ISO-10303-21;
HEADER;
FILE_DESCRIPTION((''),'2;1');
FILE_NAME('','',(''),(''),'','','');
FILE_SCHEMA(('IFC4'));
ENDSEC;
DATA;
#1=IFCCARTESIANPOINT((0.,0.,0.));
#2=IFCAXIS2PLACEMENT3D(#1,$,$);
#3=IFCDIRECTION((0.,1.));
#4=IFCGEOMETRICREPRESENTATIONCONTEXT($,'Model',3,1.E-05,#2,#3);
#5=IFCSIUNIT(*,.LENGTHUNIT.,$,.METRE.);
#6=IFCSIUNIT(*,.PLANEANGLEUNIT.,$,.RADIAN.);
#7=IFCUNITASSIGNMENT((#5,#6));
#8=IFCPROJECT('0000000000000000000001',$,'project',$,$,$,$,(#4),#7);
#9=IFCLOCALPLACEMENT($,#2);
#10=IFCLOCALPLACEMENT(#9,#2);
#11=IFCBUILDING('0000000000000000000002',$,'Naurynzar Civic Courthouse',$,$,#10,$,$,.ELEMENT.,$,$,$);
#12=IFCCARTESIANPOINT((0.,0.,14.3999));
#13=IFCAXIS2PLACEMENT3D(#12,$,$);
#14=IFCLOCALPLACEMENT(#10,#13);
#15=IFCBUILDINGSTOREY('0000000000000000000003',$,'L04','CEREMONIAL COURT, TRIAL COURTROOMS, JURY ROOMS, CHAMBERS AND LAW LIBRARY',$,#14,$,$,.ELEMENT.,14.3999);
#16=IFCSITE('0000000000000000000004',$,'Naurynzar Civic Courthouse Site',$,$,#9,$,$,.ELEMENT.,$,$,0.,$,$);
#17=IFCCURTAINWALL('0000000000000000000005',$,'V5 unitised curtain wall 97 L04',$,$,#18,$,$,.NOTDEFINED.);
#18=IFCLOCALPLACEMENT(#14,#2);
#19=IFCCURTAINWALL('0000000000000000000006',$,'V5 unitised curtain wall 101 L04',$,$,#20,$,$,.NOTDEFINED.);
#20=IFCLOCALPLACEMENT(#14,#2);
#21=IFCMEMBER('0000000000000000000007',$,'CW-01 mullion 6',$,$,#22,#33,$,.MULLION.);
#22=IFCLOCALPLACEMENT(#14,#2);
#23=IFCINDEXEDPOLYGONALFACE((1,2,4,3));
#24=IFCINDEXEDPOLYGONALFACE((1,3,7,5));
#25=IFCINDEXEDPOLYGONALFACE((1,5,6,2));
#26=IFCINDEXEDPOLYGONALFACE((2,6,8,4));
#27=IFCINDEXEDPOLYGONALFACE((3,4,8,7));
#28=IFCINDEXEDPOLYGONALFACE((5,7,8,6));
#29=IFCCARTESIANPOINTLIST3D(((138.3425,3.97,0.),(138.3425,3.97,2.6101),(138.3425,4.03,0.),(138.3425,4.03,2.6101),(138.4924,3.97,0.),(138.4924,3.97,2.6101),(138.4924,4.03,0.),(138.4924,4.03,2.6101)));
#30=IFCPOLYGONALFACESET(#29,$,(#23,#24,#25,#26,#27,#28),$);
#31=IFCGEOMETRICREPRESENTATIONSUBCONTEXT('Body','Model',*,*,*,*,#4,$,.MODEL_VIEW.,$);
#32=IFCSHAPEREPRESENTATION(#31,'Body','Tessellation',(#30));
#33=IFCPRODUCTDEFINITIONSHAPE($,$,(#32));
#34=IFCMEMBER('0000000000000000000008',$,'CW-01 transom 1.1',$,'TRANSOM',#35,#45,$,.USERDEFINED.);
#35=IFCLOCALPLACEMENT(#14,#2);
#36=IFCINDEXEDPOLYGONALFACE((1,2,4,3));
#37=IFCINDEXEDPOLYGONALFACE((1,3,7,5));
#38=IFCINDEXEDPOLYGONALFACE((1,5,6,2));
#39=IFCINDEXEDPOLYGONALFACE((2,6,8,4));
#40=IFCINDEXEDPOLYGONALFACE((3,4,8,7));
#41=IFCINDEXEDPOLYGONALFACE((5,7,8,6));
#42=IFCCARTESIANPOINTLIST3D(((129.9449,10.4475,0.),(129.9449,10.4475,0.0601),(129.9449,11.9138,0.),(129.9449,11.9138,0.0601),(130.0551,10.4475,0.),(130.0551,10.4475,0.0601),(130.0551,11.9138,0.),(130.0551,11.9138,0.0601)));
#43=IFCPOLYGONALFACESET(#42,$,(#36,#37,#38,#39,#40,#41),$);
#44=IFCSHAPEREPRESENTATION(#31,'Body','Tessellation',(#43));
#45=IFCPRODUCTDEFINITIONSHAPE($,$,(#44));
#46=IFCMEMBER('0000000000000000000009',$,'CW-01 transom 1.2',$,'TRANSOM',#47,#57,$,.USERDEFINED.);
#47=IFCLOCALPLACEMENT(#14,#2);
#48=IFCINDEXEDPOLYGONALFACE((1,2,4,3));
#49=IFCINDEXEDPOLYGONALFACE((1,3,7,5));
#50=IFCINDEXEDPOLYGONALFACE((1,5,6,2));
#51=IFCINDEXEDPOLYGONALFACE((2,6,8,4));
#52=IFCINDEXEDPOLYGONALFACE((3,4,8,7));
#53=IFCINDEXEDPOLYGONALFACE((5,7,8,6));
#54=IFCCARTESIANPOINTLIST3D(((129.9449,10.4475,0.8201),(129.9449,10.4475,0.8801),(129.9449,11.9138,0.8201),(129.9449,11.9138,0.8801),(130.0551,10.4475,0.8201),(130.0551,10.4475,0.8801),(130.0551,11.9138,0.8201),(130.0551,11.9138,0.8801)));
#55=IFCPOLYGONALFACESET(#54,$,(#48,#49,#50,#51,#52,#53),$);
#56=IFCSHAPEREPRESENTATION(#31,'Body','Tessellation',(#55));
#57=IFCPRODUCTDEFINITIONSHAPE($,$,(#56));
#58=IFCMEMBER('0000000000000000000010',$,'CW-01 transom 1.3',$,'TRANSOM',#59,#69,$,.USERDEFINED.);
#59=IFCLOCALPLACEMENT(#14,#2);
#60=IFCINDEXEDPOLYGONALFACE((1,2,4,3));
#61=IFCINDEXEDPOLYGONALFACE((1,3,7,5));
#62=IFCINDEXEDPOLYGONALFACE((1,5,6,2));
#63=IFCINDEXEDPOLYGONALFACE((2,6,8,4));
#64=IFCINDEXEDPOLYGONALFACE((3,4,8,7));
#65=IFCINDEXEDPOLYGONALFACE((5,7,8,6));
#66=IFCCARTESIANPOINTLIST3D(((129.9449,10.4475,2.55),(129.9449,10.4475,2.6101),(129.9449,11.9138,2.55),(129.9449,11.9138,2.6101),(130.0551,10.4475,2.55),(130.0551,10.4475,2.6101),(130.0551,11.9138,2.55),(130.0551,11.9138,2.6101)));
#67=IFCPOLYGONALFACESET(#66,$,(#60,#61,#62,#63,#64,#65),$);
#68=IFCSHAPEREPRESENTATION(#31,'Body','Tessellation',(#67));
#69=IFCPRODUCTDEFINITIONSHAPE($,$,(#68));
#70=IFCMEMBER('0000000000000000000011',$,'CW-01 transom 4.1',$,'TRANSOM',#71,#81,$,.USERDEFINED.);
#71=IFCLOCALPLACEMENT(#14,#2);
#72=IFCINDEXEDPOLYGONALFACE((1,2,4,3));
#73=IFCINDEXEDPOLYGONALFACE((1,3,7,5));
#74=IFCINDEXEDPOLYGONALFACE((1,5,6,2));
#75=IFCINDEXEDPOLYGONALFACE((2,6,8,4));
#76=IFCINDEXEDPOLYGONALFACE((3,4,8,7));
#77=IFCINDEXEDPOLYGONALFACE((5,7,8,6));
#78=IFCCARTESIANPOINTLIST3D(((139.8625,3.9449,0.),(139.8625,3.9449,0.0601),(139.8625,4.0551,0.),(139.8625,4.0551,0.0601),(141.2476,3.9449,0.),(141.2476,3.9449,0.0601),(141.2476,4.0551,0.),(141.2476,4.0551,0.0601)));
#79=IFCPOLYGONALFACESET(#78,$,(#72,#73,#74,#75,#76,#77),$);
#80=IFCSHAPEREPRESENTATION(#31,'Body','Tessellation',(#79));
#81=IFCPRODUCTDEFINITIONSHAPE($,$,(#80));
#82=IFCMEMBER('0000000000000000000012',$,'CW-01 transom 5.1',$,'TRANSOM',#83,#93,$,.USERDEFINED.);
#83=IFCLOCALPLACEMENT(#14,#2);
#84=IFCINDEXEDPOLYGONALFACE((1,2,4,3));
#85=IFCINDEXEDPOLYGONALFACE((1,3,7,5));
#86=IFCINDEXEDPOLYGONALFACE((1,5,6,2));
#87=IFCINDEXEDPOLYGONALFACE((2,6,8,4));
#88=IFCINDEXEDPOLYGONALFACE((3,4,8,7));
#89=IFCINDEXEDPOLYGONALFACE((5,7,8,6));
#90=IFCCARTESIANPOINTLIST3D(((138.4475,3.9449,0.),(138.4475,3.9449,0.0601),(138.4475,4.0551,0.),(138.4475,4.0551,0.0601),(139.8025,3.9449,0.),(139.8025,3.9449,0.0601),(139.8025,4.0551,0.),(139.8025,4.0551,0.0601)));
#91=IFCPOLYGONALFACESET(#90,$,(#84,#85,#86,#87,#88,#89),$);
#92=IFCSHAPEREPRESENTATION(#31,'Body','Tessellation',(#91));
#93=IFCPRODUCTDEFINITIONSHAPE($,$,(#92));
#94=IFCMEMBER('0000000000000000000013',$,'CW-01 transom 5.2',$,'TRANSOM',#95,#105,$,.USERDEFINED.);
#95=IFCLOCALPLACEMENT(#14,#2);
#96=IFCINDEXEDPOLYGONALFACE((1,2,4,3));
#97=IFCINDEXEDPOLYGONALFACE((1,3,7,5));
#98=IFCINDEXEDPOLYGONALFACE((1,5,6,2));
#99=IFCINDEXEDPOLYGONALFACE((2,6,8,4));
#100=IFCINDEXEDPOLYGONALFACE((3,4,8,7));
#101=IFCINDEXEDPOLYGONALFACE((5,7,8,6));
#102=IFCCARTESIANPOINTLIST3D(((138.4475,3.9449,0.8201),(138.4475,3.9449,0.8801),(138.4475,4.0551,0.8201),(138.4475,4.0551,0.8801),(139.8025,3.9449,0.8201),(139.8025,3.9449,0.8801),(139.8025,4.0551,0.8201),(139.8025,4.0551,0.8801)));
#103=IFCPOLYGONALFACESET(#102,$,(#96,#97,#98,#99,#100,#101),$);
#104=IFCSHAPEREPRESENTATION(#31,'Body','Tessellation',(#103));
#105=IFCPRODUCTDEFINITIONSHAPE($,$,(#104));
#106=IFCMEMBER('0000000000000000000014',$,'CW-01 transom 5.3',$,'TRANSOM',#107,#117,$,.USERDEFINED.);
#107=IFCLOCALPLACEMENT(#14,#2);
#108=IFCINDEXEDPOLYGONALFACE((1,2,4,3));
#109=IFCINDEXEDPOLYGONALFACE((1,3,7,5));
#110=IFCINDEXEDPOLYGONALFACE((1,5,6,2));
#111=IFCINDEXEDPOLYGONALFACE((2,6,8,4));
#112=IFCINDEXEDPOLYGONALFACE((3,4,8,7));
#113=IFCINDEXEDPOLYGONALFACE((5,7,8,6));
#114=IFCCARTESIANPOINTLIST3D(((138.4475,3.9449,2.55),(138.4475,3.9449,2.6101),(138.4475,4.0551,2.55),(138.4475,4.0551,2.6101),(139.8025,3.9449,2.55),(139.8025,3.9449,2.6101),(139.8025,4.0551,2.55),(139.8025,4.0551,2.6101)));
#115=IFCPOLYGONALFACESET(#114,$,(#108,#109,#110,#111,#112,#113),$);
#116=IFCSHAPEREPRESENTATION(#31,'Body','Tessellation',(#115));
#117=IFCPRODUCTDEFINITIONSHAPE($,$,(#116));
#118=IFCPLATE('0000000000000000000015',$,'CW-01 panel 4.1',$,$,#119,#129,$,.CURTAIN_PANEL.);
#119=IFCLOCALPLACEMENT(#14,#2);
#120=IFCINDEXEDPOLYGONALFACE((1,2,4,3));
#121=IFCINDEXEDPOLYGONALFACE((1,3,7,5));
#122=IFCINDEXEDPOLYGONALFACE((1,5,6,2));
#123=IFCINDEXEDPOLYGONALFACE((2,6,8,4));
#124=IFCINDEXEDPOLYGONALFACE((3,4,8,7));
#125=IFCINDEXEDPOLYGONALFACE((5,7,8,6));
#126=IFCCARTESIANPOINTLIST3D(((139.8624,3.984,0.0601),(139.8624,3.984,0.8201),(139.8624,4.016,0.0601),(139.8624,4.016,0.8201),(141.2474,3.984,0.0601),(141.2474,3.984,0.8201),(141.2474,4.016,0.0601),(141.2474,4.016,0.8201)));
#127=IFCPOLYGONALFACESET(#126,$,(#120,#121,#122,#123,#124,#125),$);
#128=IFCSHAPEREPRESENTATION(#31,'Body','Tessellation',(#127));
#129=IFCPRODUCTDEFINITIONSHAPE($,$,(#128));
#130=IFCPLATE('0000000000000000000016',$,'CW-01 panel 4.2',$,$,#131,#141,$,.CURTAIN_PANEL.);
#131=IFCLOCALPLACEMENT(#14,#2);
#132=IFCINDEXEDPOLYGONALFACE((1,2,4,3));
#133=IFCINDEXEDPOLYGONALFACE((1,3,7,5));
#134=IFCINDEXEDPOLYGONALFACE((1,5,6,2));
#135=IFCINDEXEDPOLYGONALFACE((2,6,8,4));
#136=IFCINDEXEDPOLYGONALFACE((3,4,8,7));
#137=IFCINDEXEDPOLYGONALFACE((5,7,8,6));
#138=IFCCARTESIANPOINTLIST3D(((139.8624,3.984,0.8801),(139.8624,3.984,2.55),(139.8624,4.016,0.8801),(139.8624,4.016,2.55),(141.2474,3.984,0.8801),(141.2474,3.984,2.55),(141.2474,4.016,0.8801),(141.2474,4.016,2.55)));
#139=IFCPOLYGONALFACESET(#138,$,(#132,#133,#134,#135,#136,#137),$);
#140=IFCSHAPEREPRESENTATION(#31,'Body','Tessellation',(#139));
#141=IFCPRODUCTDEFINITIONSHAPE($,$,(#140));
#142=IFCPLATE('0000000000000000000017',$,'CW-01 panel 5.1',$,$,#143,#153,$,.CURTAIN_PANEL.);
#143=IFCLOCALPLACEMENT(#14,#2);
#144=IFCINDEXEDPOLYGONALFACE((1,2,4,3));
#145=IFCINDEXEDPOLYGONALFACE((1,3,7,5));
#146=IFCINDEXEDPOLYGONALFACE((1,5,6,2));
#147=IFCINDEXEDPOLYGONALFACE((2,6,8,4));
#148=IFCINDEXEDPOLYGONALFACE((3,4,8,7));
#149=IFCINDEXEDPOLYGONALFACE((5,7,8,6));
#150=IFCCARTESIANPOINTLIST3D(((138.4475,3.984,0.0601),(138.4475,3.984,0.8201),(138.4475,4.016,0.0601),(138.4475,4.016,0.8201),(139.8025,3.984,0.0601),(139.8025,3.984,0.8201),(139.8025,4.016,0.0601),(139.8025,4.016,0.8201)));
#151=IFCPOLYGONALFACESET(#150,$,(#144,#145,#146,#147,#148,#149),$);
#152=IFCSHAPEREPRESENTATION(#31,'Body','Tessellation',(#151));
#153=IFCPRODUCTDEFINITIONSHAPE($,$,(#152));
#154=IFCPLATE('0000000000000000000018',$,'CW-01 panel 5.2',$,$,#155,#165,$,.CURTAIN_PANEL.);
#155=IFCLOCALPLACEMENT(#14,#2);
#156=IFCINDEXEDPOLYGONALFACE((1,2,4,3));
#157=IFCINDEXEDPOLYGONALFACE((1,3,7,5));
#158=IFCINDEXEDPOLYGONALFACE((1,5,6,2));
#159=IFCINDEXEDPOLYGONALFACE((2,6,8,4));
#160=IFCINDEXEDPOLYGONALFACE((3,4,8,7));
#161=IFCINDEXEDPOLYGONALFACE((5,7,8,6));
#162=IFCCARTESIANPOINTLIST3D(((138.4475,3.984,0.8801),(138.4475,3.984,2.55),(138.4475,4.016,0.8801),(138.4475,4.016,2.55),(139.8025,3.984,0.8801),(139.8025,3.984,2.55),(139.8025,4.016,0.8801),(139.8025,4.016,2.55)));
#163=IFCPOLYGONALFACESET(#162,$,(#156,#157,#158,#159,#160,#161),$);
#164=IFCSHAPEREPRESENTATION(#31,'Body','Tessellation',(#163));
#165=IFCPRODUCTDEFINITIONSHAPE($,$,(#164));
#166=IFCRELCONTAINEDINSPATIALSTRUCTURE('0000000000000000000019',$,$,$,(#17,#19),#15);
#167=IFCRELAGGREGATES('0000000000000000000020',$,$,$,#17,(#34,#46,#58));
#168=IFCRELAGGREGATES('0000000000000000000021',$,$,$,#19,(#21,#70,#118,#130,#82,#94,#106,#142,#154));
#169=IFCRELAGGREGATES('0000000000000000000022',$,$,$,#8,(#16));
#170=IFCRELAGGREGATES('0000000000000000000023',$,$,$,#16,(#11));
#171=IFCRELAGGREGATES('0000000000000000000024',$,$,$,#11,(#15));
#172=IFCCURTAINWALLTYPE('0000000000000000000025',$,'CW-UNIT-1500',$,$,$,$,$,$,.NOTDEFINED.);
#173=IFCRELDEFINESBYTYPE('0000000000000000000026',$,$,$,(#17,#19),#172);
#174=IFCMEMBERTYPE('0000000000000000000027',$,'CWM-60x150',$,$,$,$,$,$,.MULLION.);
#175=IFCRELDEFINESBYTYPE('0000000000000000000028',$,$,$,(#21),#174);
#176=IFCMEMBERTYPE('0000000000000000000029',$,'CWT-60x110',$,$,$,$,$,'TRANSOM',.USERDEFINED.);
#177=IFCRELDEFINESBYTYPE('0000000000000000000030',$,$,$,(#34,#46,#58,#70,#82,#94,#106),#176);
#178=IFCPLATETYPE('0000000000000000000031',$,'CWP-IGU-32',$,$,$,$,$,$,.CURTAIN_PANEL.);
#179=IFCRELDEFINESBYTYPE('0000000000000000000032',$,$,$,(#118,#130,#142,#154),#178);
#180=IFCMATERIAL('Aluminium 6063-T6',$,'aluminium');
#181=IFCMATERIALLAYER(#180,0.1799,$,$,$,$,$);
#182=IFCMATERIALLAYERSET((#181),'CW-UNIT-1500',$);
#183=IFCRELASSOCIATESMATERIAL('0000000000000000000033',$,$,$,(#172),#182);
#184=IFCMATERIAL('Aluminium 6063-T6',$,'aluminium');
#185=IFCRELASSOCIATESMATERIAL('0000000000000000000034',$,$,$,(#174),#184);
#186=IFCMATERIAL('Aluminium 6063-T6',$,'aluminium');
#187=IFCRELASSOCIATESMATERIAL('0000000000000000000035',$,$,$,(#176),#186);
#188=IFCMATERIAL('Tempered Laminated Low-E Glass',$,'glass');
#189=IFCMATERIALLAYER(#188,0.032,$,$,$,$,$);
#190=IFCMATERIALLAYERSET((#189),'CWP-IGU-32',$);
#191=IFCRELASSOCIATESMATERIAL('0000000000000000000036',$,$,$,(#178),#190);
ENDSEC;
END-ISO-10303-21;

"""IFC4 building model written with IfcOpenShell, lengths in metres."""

from ifc_helpers import new_model, si_unit, direction, frame, origin, origin_2d, place, context, subcontext, project, spatial, rectangle, extrude, material, layer, layer_set, material_profile, profile_set, type_object, element, aggregate, save


model = new_model("IFC4")

# Units and contexts
model_context = context("Model", 3, precision=1e-05, world=origin(), true_north=direction((0.0, 1.0)))
body_context = subcontext(model_context, "Body", "Model", "MODEL_VIEW")
ifc_project = project(units=[si_unit("LENGTHUNIT", "METRE"), si_unit("PLANEANGLEUNIT", "RADIAN")], contexts=[model_context])

# Site, building, storey
site_placement = place(None, origin())
site = spatial("IfcSite", under=ifc_project, at=site_placement, Name="Naurynzar Civic Courthouse Site", CompositionType="ELEMENT", RefElevation=0.0)
building_placement = place(site_placement, origin())
building = spatial("IfcBuilding", under=site, at=building_placement, Name="Naurynzar Civic Courthouse", CompositionType="ELEMENT")
storey_placement = place(building_placement, frame((0.0, 0.0, 14.3999)))
storey = spatial("IfcBuildingStorey", under=building, at=storey_placement, Name="L04", Description="CEREMONIAL COURT, TRIAL COURTROOMS, JURY ROOMS, CHAMBERS AND LAW LIBRARY", CompositionType="ELEMENT", Elevation=14.3999)

# Curtain wall
ifc_material_1 = material(Name="Aluminium 6063-T6", Category="aluminium")
ifc_layer_1 = layer(ifc_material_1, 0.1799)
ifc_layer_set_1 = layer_set([ifc_layer_1], Name="CW-UNIT-1500")
curtain_wall_type = type_object("IfcCurtainWallType", Name="CW-UNIT-1500", PredefinedType="NOTDEFINED", material=ifc_layer_set_1)
curtain_wall_1_placement = place(storey_placement, origin())
curtain_wall_1 = element("IfcCurtainWall", 1, at=curtain_wall_1_placement, inside=storey, type_object=curtain_wall_type, Name="V5 unitised curtain wall 97 L04", PredefinedType="NOTDEFINED")
ifc_material_2 = material(Name="Aluminium 6063-T6", Category="aluminium")
ifc_material_profile_1 = material_profile(ifc_material_2, rectangle(XDim=0.0601, YDim=0.1499, at=origin_2d()), Name="ALU MULLION 60x150")
ifc_profile_set_1 = profile_set([ifc_material_profile_1], Name="Aluminium 6063-T6")
member_type_1 = type_object("IfcMemberType", Name="CWM-60x150", PredefinedType="MULLION", material=ifc_profile_set_1)

# Curtain wall, member
curtain_wall_2_placement = place(storey_placement, origin())
curtain_wall_2 = element("IfcCurtainWall", 2, at=curtain_wall_2_placement, inside=storey, type_object=curtain_wall_type, Name="V5 unitised curtain wall 101 L04", PredefinedType="NOTDEFINED")
member_1_placement = place(storey_placement, frame((138.4175, 4.0, 0.0), z_axis=(0.0, 0.0, 1.0), x_axis=(0.0, -1.0, 0.0)))
member_1 = element("IfcMember", 3, at=member_1_placement, type_object=member_type_1, Name="CW-01 mullion 6", PredefinedType="MULLION", context=body_context, shape_type="SweptSolid", body=[
    extrude(rectangle(XDim=0.0601, YDim=0.1499, at=origin_2d()), origin(), (0.0, 0.0, 1.0), 2.6101),
])

# Members
ifc_material_3 = material(Name="Aluminium 6063-T6", Category="aluminium")
ifc_material_profile_2 = material_profile(ifc_material_3, rectangle(XDim=0.1101, YDim=0.0601, at=origin_2d()), Name="ALU TRANSOM 60x110")
ifc_profile_set_2 = profile_set([ifc_material_profile_2], Name="Aluminium 6063-T6")
member_type_2 = type_object("IfcMemberType", Name="CWT-60x110", ElementType="TRANSOM", PredefinedType="USERDEFINED", material=ifc_profile_set_2)
member_2_placement = place(storey_placement, frame((130.0, 10.4475, 0.03), z_axis=(0.0, 1.0, 0.0), x_axis=(-1.0, 0.0, 0.0)))
member_2 = element("IfcMember", 4, at=member_2_placement, type_object=member_type_2, Name="CW-01 transom 1.1", ObjectType="TRANSOM", PredefinedType="USERDEFINED", context=body_context, shape_type="SweptSolid", body=[
    extrude(rectangle(XDim=0.1101, YDim=0.0601, at=origin_2d()), origin(), (0.0, 0.0, 1.0), 1.4663),
])
member_3_placement = place(storey_placement, frame((130.0, 10.4475, 0.8501), z_axis=(0.0, 1.0, 0.0), x_axis=(-1.0, 0.0, 0.0)))
member_3 = element("IfcMember", 5, at=member_3_placement, type_object=member_type_2, Name="CW-01 transom 1.2", ObjectType="TRANSOM", PredefinedType="USERDEFINED", context=body_context, shape_type="SweptSolid", body=[
    extrude(rectangle(XDim=0.1101, YDim=0.0601, at=origin_2d()), origin(), (0.0, 0.0, 1.0), 1.4663),
])
member_4_placement = place(storey_placement, frame((130.0, 10.4475, 2.5801), z_axis=(0.0, 1.0, 0.0), x_axis=(-1.0, 0.0, 0.0)))
member_4 = element("IfcMember", 6, at=member_4_placement, type_object=member_type_2, Name="CW-01 transom 1.3", ObjectType="TRANSOM", PredefinedType="USERDEFINED", context=body_context, shape_type="SweptSolid", body=[
    extrude(rectangle(XDim=0.1101, YDim=0.0601, at=origin_2d()), origin(), (0.0, 0.0, 1.0), 1.4663),
])
aggregate(curtain_wall_1, [member_2, member_3, member_4])
member_5_placement = place(storey_placement, frame((141.2476, 4.0, 0.03), z_axis=(-1.0, 0.0, 0.0), x_axis=(0.0, -1.0, 0.0)))
member_5 = element("IfcMember", 7, at=member_5_placement, type_object=member_type_2, Name="CW-01 transom 4.1", ObjectType="TRANSOM", PredefinedType="USERDEFINED", context=body_context, shape_type="SweptSolid", body=[
    extrude(rectangle(XDim=0.1101, YDim=0.0601, at=origin_2d()), origin(), (0.0, 0.0, 1.0), 1.385),
])
member_6_placement = place(storey_placement, frame((139.8025, 4.0, 0.03), z_axis=(-1.0, 0.0, 0.0), x_axis=(0.0, -1.0, 0.0)))
member_6 = element("IfcMember", 8, at=member_6_placement, type_object=member_type_2, Name="CW-01 transom 5.1", ObjectType="TRANSOM", PredefinedType="USERDEFINED", context=body_context, shape_type="SweptSolid", body=[
    extrude(rectangle(XDim=0.1101, YDim=0.0601, at=origin_2d()), origin(), (0.0, 0.0, 1.0), 1.355),
])
member_7_placement = place(storey_placement, frame((139.8025, 4.0, 0.8501), z_axis=(-1.0, 0.0, 0.0), x_axis=(0.0, -1.0, 0.0)))
member_7 = element("IfcMember", 9, at=member_7_placement, type_object=member_type_2, Name="CW-01 transom 5.2", ObjectType="TRANSOM", PredefinedType="USERDEFINED", context=body_context, shape_type="SweptSolid", body=[
    extrude(rectangle(XDim=0.1101, YDim=0.0601, at=origin_2d()), origin(), (0.0, 0.0, 1.0), 1.355),
])
member_8_placement = place(storey_placement, frame((139.8025, 4.0, 2.5801), z_axis=(-1.0, 0.0, 0.0), x_axis=(0.0, -1.0, 0.0)))
member_8 = element("IfcMember", 10, at=member_8_placement, type_object=member_type_2, Name="CW-01 transom 5.3", ObjectType="TRANSOM", PredefinedType="USERDEFINED", context=body_context, shape_type="SweptSolid", body=[
    extrude(rectangle(XDim=0.1101, YDim=0.0601, at=origin_2d()), origin(), (0.0, 0.0, 1.0), 1.355),
])

# Plates
ifc_material_4 = material(Name="Tempered Laminated Low-E Glass", Category="glass")
ifc_layer_2 = layer(ifc_material_4, 0.032)
ifc_layer_set_2 = layer_set([ifc_layer_2], Name="CWP-IGU-32")
plate_type = type_object("IfcPlateType", Name="CWP-IGU-32", PredefinedType="CURTAIN_PANEL", material=ifc_layer_set_2)
plate_1_placement = place(storey_placement, frame((140.5549, 4.0, 0.0601), z_axis=(0.0, 0.0, 1.0), x_axis=(-1.0, 0.0, 0.0)))
plate_1 = element("IfcPlate", 11, at=plate_1_placement, type_object=plate_type, Name="CW-01 panel 4.1", PredefinedType="CURTAIN_PANEL", context=body_context, shape_type="SweptSolid", body=[
    extrude(rectangle(XDim=1.385, YDim=0.032, at=origin_2d()), origin(), (0.0, 0.0, 1.0), 0.76),
])
plate_2_placement = place(storey_placement, frame((140.5549, 4.0, 0.8801), z_axis=(0.0, 0.0, 1.0), x_axis=(-1.0, 0.0, 0.0)))
plate_2 = element("IfcPlate", 12, at=plate_2_placement, type_object=plate_type, Name="CW-01 panel 4.2", PredefinedType="CURTAIN_PANEL", context=body_context, shape_type="SweptSolid", body=[
    extrude(rectangle(XDim=1.385, YDim=0.032, at=origin_2d()), origin(), (0.0, 0.0, 1.0), 1.6699),
])
plate_3_placement = place(storey_placement, frame((139.125, 4.0, 0.0601), z_axis=(0.0, 0.0, 1.0), x_axis=(-1.0, 0.0, 0.0)))
plate_3 = element("IfcPlate", 13, at=plate_3_placement, type_object=plate_type, Name="CW-01 panel 5.1", PredefinedType="CURTAIN_PANEL", context=body_context, shape_type="SweptSolid", body=[
    extrude(rectangle(XDim=1.355, YDim=0.032, at=origin_2d()), origin(), (0.0, 0.0, 1.0), 0.76),
])
plate_4_placement = place(storey_placement, frame((139.125, 4.0, 0.8801), z_axis=(0.0, 0.0, 1.0), x_axis=(-1.0, 0.0, 0.0)))
plate_4 = element("IfcPlate", 14, at=plate_4_placement, type_object=plate_type, Name="CW-01 panel 5.2", PredefinedType="CURTAIN_PANEL", context=body_context, shape_type="SweptSolid", body=[
    extrude(rectangle(XDim=1.355, YDim=0.032, at=origin_2d()), origin(), (0.0, 0.0, 1.0), 1.6699),
])
aggregate(curtain_wall_2, [member_1, member_5, plate_1, plate_2, member_6, member_7, member_8, plate_3, plate_4])

save(model, "model.ifc")
